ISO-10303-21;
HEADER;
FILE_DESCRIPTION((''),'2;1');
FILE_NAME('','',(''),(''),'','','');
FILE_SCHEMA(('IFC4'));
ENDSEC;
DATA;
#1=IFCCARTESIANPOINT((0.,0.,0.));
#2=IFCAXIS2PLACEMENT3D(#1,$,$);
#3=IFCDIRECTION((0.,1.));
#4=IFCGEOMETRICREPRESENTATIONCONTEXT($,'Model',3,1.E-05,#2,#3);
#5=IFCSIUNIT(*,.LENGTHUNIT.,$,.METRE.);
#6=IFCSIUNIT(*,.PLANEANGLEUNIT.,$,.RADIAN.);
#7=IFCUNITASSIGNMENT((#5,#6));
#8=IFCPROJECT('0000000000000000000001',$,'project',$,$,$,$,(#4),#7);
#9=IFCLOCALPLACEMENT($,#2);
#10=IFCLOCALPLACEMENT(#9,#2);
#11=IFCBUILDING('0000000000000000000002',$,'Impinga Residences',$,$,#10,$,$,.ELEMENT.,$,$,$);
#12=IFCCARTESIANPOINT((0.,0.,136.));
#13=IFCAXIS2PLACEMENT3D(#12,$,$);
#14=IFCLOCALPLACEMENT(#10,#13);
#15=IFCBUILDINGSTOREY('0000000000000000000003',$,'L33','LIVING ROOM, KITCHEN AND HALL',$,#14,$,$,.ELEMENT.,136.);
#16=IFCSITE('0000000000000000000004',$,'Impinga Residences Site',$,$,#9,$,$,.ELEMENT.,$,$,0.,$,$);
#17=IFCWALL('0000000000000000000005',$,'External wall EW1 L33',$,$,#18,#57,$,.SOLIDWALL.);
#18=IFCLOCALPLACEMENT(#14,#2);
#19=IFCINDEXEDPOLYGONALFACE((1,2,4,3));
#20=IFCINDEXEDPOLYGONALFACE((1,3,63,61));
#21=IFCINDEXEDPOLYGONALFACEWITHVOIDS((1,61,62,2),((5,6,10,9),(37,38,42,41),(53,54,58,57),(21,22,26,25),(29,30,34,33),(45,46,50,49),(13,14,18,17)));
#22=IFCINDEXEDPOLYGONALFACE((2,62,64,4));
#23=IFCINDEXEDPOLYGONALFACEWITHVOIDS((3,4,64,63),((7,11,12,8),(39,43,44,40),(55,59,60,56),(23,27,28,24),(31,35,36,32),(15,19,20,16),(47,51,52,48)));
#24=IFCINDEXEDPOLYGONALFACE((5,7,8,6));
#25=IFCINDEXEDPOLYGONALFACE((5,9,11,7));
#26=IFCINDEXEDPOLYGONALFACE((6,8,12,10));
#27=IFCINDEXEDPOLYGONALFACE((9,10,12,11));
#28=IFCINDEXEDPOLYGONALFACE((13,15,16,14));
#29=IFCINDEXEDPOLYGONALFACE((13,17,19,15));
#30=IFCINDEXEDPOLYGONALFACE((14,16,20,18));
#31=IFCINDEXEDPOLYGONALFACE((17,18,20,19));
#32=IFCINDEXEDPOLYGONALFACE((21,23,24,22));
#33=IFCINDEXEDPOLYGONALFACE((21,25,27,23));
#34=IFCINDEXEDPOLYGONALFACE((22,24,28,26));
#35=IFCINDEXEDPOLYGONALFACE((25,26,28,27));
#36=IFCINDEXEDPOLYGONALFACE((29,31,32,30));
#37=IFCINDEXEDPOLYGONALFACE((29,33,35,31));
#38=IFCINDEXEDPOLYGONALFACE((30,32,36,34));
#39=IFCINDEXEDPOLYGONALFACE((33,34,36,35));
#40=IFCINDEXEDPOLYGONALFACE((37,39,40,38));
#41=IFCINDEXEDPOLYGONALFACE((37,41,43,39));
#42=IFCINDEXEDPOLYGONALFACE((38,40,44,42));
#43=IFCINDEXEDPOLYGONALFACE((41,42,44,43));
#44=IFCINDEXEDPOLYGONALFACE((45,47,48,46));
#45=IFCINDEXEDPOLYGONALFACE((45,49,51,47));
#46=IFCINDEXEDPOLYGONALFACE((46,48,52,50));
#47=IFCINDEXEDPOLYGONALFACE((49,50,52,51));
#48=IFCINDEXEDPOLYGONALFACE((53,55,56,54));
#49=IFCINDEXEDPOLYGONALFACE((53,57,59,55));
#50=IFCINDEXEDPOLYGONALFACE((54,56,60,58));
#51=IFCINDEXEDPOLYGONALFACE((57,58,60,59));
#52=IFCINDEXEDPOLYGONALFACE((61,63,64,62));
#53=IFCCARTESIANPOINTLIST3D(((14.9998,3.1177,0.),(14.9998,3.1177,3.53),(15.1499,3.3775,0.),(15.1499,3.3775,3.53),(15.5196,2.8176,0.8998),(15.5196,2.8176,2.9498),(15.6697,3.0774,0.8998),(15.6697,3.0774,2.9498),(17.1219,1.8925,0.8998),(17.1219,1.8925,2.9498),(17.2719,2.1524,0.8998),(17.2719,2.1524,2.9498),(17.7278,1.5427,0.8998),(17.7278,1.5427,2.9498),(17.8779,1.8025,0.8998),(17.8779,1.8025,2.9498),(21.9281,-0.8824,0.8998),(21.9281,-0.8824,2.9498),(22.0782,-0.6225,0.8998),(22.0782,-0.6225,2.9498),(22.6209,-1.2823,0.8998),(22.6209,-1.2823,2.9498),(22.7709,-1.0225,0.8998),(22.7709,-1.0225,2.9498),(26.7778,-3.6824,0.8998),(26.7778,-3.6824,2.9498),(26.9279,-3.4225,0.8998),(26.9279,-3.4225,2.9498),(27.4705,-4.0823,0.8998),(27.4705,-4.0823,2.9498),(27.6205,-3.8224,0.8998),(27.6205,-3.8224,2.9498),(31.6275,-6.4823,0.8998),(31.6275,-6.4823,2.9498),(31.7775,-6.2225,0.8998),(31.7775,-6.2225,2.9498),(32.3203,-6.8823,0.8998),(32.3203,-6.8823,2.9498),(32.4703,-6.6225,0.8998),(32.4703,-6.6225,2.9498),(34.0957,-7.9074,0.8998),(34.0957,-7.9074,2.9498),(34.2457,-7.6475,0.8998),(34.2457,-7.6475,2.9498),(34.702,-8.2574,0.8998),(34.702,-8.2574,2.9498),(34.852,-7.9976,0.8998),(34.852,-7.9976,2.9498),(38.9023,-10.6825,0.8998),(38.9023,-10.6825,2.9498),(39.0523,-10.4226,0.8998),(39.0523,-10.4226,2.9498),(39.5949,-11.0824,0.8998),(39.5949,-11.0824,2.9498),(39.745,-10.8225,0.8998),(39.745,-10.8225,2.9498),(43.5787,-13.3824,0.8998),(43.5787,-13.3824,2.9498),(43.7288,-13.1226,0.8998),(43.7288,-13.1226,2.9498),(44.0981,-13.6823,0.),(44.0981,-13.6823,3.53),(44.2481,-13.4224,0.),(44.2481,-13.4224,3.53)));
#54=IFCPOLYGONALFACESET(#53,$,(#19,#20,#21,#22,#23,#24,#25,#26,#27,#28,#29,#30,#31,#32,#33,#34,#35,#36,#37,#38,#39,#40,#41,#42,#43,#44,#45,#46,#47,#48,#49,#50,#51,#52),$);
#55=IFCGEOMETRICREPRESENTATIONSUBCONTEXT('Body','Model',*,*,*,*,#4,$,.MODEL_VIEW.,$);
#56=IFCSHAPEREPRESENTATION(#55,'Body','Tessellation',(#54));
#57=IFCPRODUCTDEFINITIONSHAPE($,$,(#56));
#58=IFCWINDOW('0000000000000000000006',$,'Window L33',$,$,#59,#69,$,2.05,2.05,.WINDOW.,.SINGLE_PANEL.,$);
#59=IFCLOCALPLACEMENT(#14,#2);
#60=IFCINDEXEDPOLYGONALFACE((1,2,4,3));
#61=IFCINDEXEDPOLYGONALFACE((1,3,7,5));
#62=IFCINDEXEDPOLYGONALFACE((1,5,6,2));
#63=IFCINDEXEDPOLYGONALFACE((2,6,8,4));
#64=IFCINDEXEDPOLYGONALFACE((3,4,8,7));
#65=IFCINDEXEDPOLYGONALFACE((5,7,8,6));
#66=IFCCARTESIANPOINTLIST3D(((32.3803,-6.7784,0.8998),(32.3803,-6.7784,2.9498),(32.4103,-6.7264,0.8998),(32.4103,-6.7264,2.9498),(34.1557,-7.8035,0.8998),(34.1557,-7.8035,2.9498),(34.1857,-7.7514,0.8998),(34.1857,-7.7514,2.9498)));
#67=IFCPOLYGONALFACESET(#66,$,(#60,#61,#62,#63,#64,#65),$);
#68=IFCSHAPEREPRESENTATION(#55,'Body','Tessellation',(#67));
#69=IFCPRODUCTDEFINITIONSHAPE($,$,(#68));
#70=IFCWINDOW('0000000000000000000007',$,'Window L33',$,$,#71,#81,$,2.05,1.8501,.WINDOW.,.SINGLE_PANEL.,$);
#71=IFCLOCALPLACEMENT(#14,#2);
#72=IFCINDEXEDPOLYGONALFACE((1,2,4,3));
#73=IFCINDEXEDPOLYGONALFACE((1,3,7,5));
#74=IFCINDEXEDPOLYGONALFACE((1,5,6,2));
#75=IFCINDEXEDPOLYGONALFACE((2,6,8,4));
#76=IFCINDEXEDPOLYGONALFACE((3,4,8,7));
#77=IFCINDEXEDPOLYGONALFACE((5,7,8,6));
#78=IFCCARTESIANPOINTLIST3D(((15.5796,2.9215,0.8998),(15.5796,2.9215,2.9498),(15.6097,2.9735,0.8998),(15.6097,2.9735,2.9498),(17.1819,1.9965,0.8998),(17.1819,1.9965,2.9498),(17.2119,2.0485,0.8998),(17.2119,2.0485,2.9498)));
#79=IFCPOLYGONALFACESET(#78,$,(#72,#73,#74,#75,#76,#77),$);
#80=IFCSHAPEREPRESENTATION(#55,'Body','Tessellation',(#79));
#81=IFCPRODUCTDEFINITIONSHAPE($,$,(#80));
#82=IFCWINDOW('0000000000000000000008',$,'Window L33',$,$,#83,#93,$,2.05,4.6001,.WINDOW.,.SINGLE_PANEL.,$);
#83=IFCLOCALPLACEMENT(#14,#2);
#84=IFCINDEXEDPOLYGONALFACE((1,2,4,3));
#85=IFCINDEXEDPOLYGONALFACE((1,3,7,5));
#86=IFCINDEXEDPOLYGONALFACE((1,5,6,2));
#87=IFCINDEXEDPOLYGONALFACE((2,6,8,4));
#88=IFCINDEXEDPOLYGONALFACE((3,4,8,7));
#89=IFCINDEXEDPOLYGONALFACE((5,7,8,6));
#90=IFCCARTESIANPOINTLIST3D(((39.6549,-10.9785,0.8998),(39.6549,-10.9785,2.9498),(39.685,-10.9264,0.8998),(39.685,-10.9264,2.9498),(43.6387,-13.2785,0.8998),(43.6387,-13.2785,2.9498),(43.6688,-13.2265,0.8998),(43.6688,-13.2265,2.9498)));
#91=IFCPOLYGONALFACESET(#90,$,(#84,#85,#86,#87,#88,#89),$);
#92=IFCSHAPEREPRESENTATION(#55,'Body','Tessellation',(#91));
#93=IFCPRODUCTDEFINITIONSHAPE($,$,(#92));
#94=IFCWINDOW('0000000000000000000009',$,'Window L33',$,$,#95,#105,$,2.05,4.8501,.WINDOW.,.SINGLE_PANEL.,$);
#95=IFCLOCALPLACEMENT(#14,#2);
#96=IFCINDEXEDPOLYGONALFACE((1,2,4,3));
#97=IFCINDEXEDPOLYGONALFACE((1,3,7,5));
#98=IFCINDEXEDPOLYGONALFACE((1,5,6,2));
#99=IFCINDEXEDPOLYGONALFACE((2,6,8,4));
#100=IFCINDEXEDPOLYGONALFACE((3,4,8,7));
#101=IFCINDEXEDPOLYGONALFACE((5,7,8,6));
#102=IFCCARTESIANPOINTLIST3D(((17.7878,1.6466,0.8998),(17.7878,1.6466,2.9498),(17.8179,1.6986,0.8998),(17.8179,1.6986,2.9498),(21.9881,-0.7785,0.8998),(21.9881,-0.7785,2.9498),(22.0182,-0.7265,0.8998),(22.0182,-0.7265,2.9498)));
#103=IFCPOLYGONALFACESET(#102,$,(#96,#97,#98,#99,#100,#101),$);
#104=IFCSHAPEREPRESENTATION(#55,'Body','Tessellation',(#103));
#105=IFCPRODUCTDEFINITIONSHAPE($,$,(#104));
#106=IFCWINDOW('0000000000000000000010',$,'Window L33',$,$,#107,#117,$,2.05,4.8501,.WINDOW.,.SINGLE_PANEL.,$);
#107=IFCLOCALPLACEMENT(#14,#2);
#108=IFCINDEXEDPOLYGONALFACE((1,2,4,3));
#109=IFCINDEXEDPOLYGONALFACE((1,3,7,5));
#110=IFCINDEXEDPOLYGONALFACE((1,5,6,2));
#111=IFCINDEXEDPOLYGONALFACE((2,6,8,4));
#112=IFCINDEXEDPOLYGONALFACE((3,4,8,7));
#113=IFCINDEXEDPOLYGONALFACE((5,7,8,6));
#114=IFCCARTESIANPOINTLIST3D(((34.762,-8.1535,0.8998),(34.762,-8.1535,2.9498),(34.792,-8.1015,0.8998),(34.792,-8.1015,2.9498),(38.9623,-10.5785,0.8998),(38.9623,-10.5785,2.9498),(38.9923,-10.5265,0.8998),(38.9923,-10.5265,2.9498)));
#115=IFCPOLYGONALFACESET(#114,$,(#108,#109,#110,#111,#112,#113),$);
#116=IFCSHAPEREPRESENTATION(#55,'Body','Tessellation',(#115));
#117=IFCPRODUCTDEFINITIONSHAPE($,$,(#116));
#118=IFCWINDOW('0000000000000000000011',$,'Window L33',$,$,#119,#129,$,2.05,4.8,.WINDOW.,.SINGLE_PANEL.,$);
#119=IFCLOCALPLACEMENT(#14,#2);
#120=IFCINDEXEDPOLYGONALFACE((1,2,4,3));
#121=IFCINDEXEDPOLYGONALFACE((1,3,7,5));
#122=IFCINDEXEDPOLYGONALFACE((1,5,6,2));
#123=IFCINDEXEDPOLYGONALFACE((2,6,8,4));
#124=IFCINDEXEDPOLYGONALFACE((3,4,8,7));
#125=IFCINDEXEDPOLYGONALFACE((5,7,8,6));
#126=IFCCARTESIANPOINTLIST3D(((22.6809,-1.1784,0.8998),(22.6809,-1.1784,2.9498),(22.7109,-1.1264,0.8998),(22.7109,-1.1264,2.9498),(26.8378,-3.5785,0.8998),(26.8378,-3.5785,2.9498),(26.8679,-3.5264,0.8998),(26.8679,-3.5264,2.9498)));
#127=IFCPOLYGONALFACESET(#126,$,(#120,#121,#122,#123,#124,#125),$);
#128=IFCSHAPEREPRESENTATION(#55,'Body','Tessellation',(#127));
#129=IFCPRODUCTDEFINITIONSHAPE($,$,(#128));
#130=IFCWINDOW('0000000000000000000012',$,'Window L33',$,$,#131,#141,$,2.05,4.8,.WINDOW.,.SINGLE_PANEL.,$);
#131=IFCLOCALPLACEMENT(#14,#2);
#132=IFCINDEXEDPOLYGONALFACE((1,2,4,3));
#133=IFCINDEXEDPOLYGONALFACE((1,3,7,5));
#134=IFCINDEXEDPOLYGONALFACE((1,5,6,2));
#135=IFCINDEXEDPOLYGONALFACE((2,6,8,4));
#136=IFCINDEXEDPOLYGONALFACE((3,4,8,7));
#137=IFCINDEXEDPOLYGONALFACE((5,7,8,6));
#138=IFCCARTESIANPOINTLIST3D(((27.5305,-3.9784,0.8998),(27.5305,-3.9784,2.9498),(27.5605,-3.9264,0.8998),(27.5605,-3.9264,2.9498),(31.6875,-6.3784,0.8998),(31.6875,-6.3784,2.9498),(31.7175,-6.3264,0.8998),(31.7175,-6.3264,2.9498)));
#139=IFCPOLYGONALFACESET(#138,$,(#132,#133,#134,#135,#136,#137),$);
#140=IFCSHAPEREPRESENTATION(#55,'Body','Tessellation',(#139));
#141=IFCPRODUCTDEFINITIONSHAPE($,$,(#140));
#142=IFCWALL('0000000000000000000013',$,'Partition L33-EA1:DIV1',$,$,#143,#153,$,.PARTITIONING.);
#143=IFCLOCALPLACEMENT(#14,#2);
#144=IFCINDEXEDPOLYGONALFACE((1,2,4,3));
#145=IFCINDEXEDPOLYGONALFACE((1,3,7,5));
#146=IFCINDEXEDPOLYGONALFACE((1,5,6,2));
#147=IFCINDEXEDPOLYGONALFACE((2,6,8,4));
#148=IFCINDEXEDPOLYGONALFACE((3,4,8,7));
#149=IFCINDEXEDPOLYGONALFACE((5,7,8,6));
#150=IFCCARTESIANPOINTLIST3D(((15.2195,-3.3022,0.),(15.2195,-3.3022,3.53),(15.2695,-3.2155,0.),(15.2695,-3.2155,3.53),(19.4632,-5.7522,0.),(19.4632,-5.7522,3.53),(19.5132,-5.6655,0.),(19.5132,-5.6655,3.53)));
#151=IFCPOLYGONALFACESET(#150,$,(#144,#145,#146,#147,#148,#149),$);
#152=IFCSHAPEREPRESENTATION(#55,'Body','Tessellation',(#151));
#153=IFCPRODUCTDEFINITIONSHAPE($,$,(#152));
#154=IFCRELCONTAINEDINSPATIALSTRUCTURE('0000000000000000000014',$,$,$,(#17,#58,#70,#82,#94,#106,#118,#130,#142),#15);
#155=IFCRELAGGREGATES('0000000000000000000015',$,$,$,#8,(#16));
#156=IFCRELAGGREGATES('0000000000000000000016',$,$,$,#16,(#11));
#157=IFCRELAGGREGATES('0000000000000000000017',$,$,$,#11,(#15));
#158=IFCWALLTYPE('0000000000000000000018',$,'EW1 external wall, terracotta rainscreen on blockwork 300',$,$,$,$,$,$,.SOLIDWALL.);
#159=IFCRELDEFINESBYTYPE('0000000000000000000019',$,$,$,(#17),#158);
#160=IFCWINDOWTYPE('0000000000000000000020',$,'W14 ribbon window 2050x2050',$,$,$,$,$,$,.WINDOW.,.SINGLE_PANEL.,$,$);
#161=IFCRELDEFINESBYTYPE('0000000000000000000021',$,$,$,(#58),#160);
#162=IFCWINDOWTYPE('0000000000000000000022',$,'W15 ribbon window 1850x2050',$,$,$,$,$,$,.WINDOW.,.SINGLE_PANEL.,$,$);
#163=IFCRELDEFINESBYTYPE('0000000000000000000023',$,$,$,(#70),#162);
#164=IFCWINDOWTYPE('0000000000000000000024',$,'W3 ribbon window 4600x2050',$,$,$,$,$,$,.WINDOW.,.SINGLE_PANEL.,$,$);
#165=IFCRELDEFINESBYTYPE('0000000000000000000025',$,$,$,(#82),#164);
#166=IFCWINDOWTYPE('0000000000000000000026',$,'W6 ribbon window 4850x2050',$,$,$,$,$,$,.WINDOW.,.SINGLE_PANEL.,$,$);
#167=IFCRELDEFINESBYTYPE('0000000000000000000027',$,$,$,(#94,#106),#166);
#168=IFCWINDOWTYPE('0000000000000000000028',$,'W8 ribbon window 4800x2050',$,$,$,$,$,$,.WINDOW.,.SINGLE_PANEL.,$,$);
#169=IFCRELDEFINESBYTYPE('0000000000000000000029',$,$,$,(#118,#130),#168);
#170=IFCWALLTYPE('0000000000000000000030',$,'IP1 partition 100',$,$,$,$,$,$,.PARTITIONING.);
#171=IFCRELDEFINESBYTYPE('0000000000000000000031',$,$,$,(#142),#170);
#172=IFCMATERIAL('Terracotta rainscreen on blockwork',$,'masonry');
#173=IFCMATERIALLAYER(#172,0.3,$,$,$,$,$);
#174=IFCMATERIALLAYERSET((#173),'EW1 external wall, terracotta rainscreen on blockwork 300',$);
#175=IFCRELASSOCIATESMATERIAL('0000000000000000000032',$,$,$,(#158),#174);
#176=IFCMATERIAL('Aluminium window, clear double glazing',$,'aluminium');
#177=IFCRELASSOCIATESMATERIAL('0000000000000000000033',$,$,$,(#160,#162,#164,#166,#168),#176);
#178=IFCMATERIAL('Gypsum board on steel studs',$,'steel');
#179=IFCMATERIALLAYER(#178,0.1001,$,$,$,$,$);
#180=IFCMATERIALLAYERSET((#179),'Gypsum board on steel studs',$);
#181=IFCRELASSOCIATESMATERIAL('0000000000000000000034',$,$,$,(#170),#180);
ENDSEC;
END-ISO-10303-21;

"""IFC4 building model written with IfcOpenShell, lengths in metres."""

from ifc_helpers import new_model, si_unit, direction, frame, frame_2d, origin, place, context, subcontext, project, spatial, rectangle, extrude, material, layer, layer_set, type_object, element, fill, save


model = new_model("IFC4")

# Units and contexts
model_context = context("Model", 3, precision=1e-05, world=origin(), true_north=direction((0.0, 1.0)))
body_context = subcontext(model_context, "Body", "Model", "MODEL_VIEW")
ifc_project = project(units=[si_unit("LENGTHUNIT", "METRE"), si_unit("PLANEANGLEUNIT", "RADIAN")], contexts=[model_context])

# Site, building, storey
site_placement = place(None, origin())
site = spatial("IfcSite", under=ifc_project, at=site_placement, Name="Impinga Residences Site", CompositionType="ELEMENT", RefElevation=0.0)
building_placement = place(site_placement, origin())
building = spatial("IfcBuilding", under=site, at=building_placement, Name="Impinga Residences", CompositionType="ELEMENT")
storey_placement = place(building_placement, frame((0.0, 0.0, 136.0)))
storey = spatial("IfcBuildingStorey", under=building, at=storey_placement, Name="L33", Description="LIVING ROOM, KITCHEN AND HALL", CompositionType="ELEMENT", Elevation=136.0)

# Shared definitions
ifc_material_1 = material(Name="Terracotta rainscreen on blockwork", Category="masonry")
ifc_layer_1 = layer(ifc_material_1, 0.3)
ifc_layer_set_1 = layer_set([ifc_layer_1], Name="EW1 external wall, terracotta rainscreen on blockwork 300")
wall_type_1 = type_object("IfcWallType", Name="EW1 external wall, terracotta rainscreen on blockwork 300", PredefinedType="SOLIDWALL", material=ifc_layer_set_1)

# Wall, openings, windows
wall_1_placement = place(storey_placement, frame((15.075, 3.2476, 0.0), z_axis=(0.0, 0.0, 1.0), x_axis=(0.866024, -0.500002, 0.0)))
wall_1 = element("IfcWall", 1, at=wall_1_placement, inside=storey, type_object=wall_type_1, Name="External wall EW1 L33", PredefinedType="SOLIDWALL", context=body_context, shape_type="SweptSolid", body=[
    extrude(rectangle(XDim=33.5999, YDim=0.3, at=frame_2d((16.7998, 0.0))), origin(), (0.0, 0.0, 1.0), 3.53),
])
opening_1_placement = place(wall_1_placement, frame((0.6001, 0.0, 0.8999)))
opening_1 = element("IfcOpeningElement", 2, at=opening_1_placement, cuts=wall_1, PredefinedType="OPENING", context=body_context, shape_type="SweptSolid", body=[
    extrude(rectangle(XDim=1.8501, YDim=2.05, at=frame_2d((0.925, 1.0249))), frame((0.0, 0.1599, 0.0), z_axis=(0.0, -1.0, 0.0), x_axis=(1.0, 0.0, 0.0)), (0.0, 0.0, 1.0), 0.3201),
])
opening_2_placement = place(wall_1_placement, frame((3.1499, 0.0, 0.8999)))
opening_2 = element("IfcOpeningElement", 3, at=opening_2_placement, cuts=wall_1, PredefinedType="OPENING", context=body_context, shape_type="SweptSolid", body=[
    extrude(rectangle(XDim=4.8501, YDim=2.05, at=frame_2d((2.425, 1.0249))), frame((0.0, 0.1599, 0.0), z_axis=(0.0, -1.0, 0.0), x_axis=(1.0, 0.0, 0.0)), (0.0, 0.0, 1.0), 0.3201),
])
opening_3_placement = place(wall_1_placement, frame((8.8, 0.0, 0.8999)))
opening_3 = element("IfcOpeningElement", 4, at=opening_3_placement, cuts=wall_1, PredefinedType="OPENING", context=body_context, shape_type="SweptSolid", body=[
    extrude(rectangle(XDim=4.8, YDim=2.05, at=frame_2d((2.3999, 1.0249))), frame((0.0, 0.1599, 0.0), z_axis=(0.0, -1.0, 0.0), x_axis=(1.0, 0.0, 0.0)), (0.0, 0.0, 1.0), 0.3201),
])
opening_4_placement = place(wall_1_placement, frame((14.3999, 0.0, 0.8999)))
opening_4 = element("IfcOpeningElement", 5, at=opening_4_placement, cuts=wall_1, PredefinedType="OPENING", context=body_context, shape_type="SweptSolid", body=[
    extrude(rectangle(XDim=4.8, YDim=2.05, at=frame_2d((2.3999, 1.0249))), frame((0.0, 0.1599, 0.0), z_axis=(0.0, -1.0, 0.0), x_axis=(1.0, 0.0, 0.0)), (0.0, 0.0, 1.0), 0.3201),
])
opening_5_placement = place(wall_1_placement, frame((20.0, 0.0, 0.8999)))
opening_5 = element("IfcOpeningElement", 6, at=opening_5_placement, cuts=wall_1, PredefinedType="OPENING", context=body_context, shape_type="SweptSolid", body=[
    extrude(rectangle(XDim=2.05, YDim=2.05, at=frame_2d((1.0249, 1.0249))), frame((0.0, 0.1599, 0.0), z_axis=(0.0, -1.0, 0.0), x_axis=(1.0, 0.0, 0.0)), (0.0, 0.0, 1.0), 0.3201),
])
opening_6_placement = place(wall_1_placement, frame((22.75, 0.0, 0.8999)))
opening_6 = element("IfcOpeningElement", 7, at=opening_6_placement, cuts=wall_1, PredefinedType="OPENING", context=body_context, shape_type="SweptSolid", body=[
    extrude(rectangle(XDim=4.8501, YDim=2.05, at=frame_2d((2.425, 1.0249))), frame((0.0, 0.1599, 0.0), z_axis=(0.0, -1.0, 0.0), x_axis=(1.0, 0.0, 0.0)), (0.0, 0.0, 1.0), 0.3201),
])
opening_7_placement = place(wall_1_placement, frame((28.3999, 0.0, 0.8999)))
opening_7 = element("IfcOpeningElement", 8, at=opening_7_placement, cuts=wall_1, PredefinedType="OPENING", context=body_context, shape_type="SweptSolid", body=[
    extrude(rectangle(XDim=4.6001, YDim=2.05, at=frame_2d((2.3, 1.0249))), frame((0.0, 0.1599, 0.0), z_axis=(0.0, -1.0, 0.0), x_axis=(1.0, 0.0, 0.0)), (0.0, 0.0, 1.0), 0.3201),
])
ifc_material_2 = material(Name="Aluminium window, clear double glazing", Category="aluminium")
window_type_1 = type_object("IfcWindowType", Name="W14 ribbon window 2050x2050", PartitioningType="SINGLE_PANEL", PredefinedType="WINDOW", material=ifc_material_2)
window_1_placement = place(opening_5_placement, origin())
window_1 = element("IfcWindow", 9, at=window_1_placement, inside=storey, type_object=window_type_1, Name="Window L33", OverallHeight=2.05, OverallWidth=2.05, PartitioningType="SINGLE_PANEL", PredefinedType="WINDOW", context=body_context, shape_type="SweptSolid", body=[
    extrude(rectangle(XDim=2.05, YDim=2.05, at=frame_2d((1.0249, 1.0249))), frame((0.0, 0.03, 0.0), z_axis=(0.0, -1.0, 0.0), x_axis=(1.0, 0.0, 0.0)), (0.0, 0.0, 1.0), 0.0601),
])
fill(opening_5, window_1)
window_type_2 = type_object("IfcWindowType", Name="W15 ribbon window 1850x2050", PartitioningType="SINGLE_PANEL", PredefinedType="WINDOW", material=ifc_material_2)
window_2_placement = place(opening_1_placement, origin())
window_2 = element("IfcWindow", 10, at=window_2_placement, inside=storey, type_object=window_type_2, Name="Window L33", OverallHeight=2.05, OverallWidth=1.8501, PartitioningType="SINGLE_PANEL", PredefinedType="WINDOW", context=body_context, shape_type="SweptSolid", body=[
    extrude(rectangle(XDim=1.8501, YDim=2.05, at=frame_2d((0.925, 1.0249))), frame((0.0, 0.03, 0.0), z_axis=(0.0, -1.0, 0.0), x_axis=(1.0, 0.0, 0.0)), (0.0, 0.0, 1.0), 0.0601),
])
fill(opening_1, window_2)
window_type_3 = type_object("IfcWindowType", Name="W3 ribbon window 4600x2050", PartitioningType="SINGLE_PANEL", PredefinedType="WINDOW", material=ifc_material_2)
window_3_placement = place(opening_7_placement, origin())
window_3 = element("IfcWindow", 11, at=window_3_placement, inside=storey, type_object=window_type_3, Name="Window L33", OverallHeight=2.05, OverallWidth=4.6001, PartitioningType="SINGLE_PANEL", PredefinedType="WINDOW", context=body_context, shape_type="SweptSolid", body=[
    extrude(rectangle(XDim=4.6001, YDim=2.05, at=frame_2d((2.3, 1.0249))), frame((0.0, 0.03, 0.0), z_axis=(0.0, -1.0, 0.0), x_axis=(1.0, 0.0, 0.0)), (0.0, 0.0, 1.0), 0.0601),
])
fill(opening_7, window_3)
window_type_4 = type_object("IfcWindowType", Name="W6 ribbon window 4850x2050", PartitioningType="SINGLE_PANEL", PredefinedType="WINDOW", material=ifc_material_2)
window_4_placement = place(opening_2_placement, origin())
window_4 = element("IfcWindow", 12, at=window_4_placement, inside=storey, type_object=window_type_4, Name="Window L33", OverallHeight=2.05, OverallWidth=4.8501, PartitioningType="SINGLE_PANEL", PredefinedType="WINDOW", context=body_context, shape_type="SweptSolid", body=[
    extrude(rectangle(XDim=4.8501, YDim=2.05, at=frame_2d((2.425, 1.0249))), frame((0.0, 0.03, 0.0), z_axis=(0.0, -1.0, 0.0), x_axis=(1.0, 0.0, 0.0)), (0.0, 0.0, 1.0), 0.0601),
])
fill(opening_2, window_4)
window_5_placement = place(opening_6_placement, origin())
window_5 = element("IfcWindow", 13, at=window_5_placement, inside=storey, type_object=window_type_4, Name="Window L33", OverallHeight=2.05, OverallWidth=4.8501, PartitioningType="SINGLE_PANEL", PredefinedType="WINDOW", context=body_context, shape_type="SweptSolid", body=[
    extrude(rectangle(XDim=4.8501, YDim=2.05, at=frame_2d((2.425, 1.0249))), frame((0.0, 0.03, 0.0), z_axis=(0.0, -1.0, 0.0), x_axis=(1.0, 0.0, 0.0)), (0.0, 0.0, 1.0), 0.0601),
])
fill(opening_6, window_5)
window_type_5 = type_object("IfcWindowType", Name="W8 ribbon window 4800x2050", PartitioningType="SINGLE_PANEL", PredefinedType="WINDOW", material=ifc_material_2)
window_6_placement = place(opening_3_placement, origin())
window_6 = element("IfcWindow", 14, at=window_6_placement, inside=storey, type_object=window_type_5, Name="Window L33", OverallHeight=2.05, OverallWidth=4.8, PartitioningType="SINGLE_PANEL", PredefinedType="WINDOW", context=body_context, shape_type="SweptSolid", body=[
    extrude(rectangle(XDim=4.8, YDim=2.05, at=frame_2d((2.3999, 1.0249))), frame((0.0, 0.03, 0.0), z_axis=(0.0, -1.0, 0.0), x_axis=(1.0, 0.0, 0.0)), (0.0, 0.0, 1.0), 0.0601),
])
fill(opening_3, window_6)
window_7_placement = place(opening_4_placement, origin())
window_7 = element("IfcWindow", 15, at=window_7_placement, inside=storey, type_object=window_type_5, Name="Window L33", OverallHeight=2.05, OverallWidth=4.8, PartitioningType="SINGLE_PANEL", PredefinedType="WINDOW", context=body_context, shape_type="SweptSolid", body=[
    extrude(rectangle(XDim=4.8, YDim=2.05, at=frame_2d((2.3999, 1.0249))), frame((0.0, 0.03, 0.0), z_axis=(0.0, -1.0, 0.0), x_axis=(1.0, 0.0, 0.0)), (0.0, 0.0, 1.0), 0.0601),
])
fill(opening_4, window_7)

# Wall
ifc_material_3 = material(Name="Gypsum board on steel studs", Category="steel")
ifc_layer_2 = layer(ifc_material_3, 0.1001)
ifc_layer_set_2 = layer_set([ifc_layer_2], Name="Gypsum board on steel studs")
wall_type_2 = type_object("IfcWallType", Name="IP1 partition 100", PredefinedType="PARTITIONING", material=ifc_layer_set_2)
wall_2_placement = place(storey_placement, frame((15.2444, -3.2588, 0.0), z_axis=(0.0, 0.0, 1.0), x_axis=(0.866036, -0.499981, 0.0)))
element("IfcWall", 16, at=wall_2_placement, inside=storey, type_object=wall_type_2, Name="Partition L33-EA1:DIV1", PredefinedType="PARTITIONING", context=body_context, shape_type="SweptSolid", body=[
    extrude(rectangle(XDim=4.9001, YDim=0.1001, at=frame_2d((2.4502, 0.0))), origin(), (0.0, 0.0, 1.0), 3.53),
])

save(model, "model.ifc")
